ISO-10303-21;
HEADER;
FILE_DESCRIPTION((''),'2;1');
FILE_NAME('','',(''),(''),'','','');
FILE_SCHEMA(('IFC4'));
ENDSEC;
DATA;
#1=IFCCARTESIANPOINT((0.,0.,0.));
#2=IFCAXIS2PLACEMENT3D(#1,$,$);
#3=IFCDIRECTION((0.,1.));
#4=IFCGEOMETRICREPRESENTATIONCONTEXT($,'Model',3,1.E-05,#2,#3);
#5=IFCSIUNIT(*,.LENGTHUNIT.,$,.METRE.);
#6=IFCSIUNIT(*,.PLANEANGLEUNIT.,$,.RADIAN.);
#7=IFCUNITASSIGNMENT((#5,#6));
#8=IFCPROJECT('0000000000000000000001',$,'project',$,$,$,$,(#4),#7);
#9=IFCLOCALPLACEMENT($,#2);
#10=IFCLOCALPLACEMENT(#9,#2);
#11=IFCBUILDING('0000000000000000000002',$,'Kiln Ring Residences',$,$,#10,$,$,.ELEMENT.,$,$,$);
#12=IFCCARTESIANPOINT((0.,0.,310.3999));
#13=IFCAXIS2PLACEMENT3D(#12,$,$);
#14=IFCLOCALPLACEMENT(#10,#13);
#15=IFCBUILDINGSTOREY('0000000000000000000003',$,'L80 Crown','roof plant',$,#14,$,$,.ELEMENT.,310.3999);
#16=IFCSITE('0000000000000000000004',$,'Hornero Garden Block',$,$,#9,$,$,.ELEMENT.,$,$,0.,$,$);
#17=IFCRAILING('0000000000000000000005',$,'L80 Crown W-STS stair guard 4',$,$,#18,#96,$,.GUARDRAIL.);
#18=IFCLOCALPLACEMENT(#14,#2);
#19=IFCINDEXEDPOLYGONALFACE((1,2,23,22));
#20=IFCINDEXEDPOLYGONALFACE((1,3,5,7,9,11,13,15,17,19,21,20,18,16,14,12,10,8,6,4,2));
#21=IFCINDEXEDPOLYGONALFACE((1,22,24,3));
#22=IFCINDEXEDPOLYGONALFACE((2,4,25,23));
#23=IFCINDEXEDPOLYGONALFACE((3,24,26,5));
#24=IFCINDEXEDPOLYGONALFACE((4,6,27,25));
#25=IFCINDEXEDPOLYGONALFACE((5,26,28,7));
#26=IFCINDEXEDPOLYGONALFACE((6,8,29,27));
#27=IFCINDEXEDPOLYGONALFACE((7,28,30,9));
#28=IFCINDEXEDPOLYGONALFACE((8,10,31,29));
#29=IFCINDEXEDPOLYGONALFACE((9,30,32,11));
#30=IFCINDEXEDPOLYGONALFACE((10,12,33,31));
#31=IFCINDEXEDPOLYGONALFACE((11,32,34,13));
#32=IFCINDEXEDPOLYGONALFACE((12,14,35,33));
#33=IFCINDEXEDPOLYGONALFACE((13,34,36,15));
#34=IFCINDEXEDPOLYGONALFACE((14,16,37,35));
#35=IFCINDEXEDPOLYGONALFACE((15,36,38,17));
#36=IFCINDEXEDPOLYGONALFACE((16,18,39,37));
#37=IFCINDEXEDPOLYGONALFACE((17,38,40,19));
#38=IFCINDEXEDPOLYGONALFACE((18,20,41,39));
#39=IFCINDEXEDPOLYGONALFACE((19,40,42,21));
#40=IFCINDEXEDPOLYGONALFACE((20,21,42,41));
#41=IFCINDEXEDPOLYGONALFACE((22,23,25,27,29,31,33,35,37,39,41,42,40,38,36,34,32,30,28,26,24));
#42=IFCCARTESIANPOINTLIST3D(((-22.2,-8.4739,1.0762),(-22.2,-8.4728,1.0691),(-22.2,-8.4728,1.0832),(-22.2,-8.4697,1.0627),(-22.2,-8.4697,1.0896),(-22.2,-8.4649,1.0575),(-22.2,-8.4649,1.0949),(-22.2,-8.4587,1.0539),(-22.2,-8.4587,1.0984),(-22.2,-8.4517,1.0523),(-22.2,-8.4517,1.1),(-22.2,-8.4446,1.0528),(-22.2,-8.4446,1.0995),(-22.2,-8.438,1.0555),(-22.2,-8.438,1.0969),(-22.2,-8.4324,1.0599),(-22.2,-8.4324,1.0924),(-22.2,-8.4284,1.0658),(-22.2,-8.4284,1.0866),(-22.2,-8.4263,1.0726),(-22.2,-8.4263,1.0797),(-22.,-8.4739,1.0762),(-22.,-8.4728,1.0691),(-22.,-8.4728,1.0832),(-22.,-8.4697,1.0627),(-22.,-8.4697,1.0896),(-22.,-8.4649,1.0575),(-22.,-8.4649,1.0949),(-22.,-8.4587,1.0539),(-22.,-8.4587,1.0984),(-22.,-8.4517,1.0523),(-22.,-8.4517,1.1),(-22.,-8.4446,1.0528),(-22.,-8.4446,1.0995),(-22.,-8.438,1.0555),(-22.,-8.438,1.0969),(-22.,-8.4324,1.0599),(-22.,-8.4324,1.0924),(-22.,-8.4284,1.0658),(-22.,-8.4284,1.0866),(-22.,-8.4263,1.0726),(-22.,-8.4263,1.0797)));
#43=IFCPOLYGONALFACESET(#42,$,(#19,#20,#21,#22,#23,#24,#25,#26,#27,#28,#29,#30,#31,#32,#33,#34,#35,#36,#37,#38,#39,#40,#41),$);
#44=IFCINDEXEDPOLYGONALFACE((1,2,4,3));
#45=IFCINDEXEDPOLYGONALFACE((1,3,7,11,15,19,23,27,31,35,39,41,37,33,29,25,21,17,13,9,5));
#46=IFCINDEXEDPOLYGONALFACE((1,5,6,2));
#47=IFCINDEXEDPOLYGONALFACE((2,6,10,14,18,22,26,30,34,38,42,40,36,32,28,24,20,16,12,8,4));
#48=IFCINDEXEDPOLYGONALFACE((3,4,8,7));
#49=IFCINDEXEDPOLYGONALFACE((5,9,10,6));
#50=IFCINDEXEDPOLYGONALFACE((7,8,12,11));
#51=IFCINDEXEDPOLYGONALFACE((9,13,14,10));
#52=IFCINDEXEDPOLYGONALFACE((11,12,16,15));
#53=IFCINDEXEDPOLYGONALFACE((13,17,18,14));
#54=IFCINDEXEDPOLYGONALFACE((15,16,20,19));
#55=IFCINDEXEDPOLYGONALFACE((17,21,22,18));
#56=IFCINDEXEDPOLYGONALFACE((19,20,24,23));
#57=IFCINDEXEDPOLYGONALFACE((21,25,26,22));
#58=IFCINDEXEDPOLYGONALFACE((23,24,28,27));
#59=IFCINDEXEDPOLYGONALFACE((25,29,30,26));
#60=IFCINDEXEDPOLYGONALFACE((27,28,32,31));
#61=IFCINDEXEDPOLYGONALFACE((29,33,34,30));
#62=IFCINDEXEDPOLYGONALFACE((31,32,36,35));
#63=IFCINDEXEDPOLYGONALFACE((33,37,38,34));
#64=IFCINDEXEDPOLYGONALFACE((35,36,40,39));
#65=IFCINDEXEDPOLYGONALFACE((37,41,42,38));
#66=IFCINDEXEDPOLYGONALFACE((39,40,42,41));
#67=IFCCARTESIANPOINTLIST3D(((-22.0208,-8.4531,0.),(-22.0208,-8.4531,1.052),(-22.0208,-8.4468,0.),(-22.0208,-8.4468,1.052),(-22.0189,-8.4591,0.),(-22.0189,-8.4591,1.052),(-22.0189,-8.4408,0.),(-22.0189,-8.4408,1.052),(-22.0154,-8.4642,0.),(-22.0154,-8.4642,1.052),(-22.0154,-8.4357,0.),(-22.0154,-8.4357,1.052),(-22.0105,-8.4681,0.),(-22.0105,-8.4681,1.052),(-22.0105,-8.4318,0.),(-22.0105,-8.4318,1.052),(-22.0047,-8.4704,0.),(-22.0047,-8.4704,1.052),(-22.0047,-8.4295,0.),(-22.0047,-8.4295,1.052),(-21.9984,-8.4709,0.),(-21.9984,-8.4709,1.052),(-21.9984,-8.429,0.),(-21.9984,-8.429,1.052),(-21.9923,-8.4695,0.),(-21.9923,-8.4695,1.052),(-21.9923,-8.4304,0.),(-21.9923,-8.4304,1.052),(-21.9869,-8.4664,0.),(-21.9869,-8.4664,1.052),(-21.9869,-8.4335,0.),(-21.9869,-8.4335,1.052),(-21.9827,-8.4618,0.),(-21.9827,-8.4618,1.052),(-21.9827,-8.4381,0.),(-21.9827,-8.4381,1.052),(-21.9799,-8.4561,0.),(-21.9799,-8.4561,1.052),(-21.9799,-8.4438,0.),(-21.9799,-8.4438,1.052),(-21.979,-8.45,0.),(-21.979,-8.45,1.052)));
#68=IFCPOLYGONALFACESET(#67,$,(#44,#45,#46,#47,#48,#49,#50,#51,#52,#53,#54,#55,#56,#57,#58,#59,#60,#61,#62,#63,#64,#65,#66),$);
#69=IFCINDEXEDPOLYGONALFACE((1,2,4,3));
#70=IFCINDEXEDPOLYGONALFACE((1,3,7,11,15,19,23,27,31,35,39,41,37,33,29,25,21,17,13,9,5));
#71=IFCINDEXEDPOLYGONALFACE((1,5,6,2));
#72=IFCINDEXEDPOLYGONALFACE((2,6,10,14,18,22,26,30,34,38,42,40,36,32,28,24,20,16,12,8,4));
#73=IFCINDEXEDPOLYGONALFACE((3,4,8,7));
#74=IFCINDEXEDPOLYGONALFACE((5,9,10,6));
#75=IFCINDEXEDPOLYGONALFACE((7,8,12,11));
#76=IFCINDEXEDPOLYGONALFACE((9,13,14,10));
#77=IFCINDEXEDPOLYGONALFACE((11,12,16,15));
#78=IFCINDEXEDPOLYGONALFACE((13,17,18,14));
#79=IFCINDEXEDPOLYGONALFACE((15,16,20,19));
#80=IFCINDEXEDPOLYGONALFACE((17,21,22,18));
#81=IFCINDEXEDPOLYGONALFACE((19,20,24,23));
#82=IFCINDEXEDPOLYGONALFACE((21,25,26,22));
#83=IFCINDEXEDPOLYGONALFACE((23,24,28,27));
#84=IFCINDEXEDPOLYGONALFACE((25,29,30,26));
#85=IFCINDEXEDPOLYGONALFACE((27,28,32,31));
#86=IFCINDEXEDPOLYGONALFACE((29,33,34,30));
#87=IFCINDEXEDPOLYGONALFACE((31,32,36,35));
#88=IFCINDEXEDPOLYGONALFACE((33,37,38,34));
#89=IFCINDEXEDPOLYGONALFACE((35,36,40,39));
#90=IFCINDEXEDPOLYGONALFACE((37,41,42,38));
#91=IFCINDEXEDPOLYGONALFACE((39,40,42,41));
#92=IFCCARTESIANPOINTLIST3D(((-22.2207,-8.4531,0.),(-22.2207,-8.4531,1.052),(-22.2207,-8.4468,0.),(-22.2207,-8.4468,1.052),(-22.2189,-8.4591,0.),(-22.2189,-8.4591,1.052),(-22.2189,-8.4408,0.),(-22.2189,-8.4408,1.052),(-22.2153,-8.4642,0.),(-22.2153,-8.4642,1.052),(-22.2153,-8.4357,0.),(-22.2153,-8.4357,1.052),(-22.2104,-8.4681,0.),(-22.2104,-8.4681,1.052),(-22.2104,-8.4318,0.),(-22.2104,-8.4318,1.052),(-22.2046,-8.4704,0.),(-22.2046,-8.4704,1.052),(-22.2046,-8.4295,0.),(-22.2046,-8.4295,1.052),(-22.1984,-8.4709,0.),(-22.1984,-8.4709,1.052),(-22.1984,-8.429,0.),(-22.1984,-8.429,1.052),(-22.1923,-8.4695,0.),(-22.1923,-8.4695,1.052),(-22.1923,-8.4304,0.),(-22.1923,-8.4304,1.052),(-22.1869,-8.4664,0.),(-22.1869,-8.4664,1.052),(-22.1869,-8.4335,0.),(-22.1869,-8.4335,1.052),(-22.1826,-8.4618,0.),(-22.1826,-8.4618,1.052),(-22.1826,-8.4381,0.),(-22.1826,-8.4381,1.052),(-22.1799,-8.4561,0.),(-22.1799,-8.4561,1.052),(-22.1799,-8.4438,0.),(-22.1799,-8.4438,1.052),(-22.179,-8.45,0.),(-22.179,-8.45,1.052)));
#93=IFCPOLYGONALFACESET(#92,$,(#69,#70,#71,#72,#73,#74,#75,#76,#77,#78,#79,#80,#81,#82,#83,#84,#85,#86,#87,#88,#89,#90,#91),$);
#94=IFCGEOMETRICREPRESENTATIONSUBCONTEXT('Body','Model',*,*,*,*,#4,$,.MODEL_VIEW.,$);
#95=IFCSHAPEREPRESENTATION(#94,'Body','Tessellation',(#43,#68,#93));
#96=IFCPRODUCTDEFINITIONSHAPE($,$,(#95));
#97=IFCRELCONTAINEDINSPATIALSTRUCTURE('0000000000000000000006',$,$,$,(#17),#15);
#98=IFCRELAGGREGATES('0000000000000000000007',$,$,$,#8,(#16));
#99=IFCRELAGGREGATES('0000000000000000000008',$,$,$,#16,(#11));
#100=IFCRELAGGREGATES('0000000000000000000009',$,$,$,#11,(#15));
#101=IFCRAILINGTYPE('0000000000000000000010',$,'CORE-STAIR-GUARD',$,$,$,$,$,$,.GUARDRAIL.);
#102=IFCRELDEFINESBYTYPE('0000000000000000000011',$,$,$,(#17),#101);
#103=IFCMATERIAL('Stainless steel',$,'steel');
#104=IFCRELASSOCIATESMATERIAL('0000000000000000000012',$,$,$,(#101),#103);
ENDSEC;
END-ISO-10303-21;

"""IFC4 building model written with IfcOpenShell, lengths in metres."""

from ifc_helpers import new_model, si_unit, direction, frame, origin, origin_2d, place, context, subcontext, project, spatial, circle, extrude, material, type_object, element, save


model = new_model("IFC4")

# Units and contexts
model_context = context("Model", 3, precision=1e-05, world=origin(), true_north=direction((0.0, 1.0)))
body_context = subcontext(model_context, "Body", "Model", "MODEL_VIEW")
ifc_project = project(units=[si_unit("LENGTHUNIT", "METRE"), si_unit("PLANEANGLEUNIT", "RADIAN")], contexts=[model_context])

# Site, building, storey
site_placement = place(None, origin())
site = spatial("IfcSite", under=ifc_project, at=site_placement, Name="Hornero Garden Block", CompositionType="ELEMENT", RefElevation=0.0)
building_placement = place(site_placement, origin())
building = spatial("IfcBuilding", under=site, at=building_placement, Name="Kiln Ring Residences", CompositionType="ELEMENT")
storey_placement = place(building_placement, frame((0.0, 0.0, 310.3999)))
storey = spatial("IfcBuildingStorey", under=building, at=storey_placement, Name="L80 Crown", Description="roof plant", CompositionType="ELEMENT", Elevation=310.3999)

# Railing
ifc_material_1 = material(Name="Stainless steel", Category="steel")
railing_type_1 = type_object("IfcRailingType", Name="CORE-STAIR-GUARD", PredefinedType="GUARDRAIL", material=ifc_material_1)
railing_1_placement = place(storey_placement, frame((-22.0, -8.45, 0.0)))
element("IfcRailing", 1, at=railing_1_placement, inside=storey, type_object=railing_type_1, Name="L80 Crown W-STS stair guard 4", PredefinedType="GUARDRAIL", context=body_context, shape_type="SweptSolid", body=[
    extrude(circle(Radius=0.0239, at=origin_2d()), frame((0.0, 0.0, 1.0762), z_axis=(-1.0, 0.0, 0.0), x_axis=(0.0, -1.0, 0.0)), (0.0, 0.0, 1.0), 0.2),
    extrude(circle(Radius=0.021, at=origin_2d()), origin(), (0.0, 0.0, 1.0), 1.052),
    extrude(circle(Radius=0.021, at=origin_2d()), frame((-0.2, 0.0, 0.0)), (0.0, 0.0, 1.0), 1.052),
])

save(model, "model.ifc")
